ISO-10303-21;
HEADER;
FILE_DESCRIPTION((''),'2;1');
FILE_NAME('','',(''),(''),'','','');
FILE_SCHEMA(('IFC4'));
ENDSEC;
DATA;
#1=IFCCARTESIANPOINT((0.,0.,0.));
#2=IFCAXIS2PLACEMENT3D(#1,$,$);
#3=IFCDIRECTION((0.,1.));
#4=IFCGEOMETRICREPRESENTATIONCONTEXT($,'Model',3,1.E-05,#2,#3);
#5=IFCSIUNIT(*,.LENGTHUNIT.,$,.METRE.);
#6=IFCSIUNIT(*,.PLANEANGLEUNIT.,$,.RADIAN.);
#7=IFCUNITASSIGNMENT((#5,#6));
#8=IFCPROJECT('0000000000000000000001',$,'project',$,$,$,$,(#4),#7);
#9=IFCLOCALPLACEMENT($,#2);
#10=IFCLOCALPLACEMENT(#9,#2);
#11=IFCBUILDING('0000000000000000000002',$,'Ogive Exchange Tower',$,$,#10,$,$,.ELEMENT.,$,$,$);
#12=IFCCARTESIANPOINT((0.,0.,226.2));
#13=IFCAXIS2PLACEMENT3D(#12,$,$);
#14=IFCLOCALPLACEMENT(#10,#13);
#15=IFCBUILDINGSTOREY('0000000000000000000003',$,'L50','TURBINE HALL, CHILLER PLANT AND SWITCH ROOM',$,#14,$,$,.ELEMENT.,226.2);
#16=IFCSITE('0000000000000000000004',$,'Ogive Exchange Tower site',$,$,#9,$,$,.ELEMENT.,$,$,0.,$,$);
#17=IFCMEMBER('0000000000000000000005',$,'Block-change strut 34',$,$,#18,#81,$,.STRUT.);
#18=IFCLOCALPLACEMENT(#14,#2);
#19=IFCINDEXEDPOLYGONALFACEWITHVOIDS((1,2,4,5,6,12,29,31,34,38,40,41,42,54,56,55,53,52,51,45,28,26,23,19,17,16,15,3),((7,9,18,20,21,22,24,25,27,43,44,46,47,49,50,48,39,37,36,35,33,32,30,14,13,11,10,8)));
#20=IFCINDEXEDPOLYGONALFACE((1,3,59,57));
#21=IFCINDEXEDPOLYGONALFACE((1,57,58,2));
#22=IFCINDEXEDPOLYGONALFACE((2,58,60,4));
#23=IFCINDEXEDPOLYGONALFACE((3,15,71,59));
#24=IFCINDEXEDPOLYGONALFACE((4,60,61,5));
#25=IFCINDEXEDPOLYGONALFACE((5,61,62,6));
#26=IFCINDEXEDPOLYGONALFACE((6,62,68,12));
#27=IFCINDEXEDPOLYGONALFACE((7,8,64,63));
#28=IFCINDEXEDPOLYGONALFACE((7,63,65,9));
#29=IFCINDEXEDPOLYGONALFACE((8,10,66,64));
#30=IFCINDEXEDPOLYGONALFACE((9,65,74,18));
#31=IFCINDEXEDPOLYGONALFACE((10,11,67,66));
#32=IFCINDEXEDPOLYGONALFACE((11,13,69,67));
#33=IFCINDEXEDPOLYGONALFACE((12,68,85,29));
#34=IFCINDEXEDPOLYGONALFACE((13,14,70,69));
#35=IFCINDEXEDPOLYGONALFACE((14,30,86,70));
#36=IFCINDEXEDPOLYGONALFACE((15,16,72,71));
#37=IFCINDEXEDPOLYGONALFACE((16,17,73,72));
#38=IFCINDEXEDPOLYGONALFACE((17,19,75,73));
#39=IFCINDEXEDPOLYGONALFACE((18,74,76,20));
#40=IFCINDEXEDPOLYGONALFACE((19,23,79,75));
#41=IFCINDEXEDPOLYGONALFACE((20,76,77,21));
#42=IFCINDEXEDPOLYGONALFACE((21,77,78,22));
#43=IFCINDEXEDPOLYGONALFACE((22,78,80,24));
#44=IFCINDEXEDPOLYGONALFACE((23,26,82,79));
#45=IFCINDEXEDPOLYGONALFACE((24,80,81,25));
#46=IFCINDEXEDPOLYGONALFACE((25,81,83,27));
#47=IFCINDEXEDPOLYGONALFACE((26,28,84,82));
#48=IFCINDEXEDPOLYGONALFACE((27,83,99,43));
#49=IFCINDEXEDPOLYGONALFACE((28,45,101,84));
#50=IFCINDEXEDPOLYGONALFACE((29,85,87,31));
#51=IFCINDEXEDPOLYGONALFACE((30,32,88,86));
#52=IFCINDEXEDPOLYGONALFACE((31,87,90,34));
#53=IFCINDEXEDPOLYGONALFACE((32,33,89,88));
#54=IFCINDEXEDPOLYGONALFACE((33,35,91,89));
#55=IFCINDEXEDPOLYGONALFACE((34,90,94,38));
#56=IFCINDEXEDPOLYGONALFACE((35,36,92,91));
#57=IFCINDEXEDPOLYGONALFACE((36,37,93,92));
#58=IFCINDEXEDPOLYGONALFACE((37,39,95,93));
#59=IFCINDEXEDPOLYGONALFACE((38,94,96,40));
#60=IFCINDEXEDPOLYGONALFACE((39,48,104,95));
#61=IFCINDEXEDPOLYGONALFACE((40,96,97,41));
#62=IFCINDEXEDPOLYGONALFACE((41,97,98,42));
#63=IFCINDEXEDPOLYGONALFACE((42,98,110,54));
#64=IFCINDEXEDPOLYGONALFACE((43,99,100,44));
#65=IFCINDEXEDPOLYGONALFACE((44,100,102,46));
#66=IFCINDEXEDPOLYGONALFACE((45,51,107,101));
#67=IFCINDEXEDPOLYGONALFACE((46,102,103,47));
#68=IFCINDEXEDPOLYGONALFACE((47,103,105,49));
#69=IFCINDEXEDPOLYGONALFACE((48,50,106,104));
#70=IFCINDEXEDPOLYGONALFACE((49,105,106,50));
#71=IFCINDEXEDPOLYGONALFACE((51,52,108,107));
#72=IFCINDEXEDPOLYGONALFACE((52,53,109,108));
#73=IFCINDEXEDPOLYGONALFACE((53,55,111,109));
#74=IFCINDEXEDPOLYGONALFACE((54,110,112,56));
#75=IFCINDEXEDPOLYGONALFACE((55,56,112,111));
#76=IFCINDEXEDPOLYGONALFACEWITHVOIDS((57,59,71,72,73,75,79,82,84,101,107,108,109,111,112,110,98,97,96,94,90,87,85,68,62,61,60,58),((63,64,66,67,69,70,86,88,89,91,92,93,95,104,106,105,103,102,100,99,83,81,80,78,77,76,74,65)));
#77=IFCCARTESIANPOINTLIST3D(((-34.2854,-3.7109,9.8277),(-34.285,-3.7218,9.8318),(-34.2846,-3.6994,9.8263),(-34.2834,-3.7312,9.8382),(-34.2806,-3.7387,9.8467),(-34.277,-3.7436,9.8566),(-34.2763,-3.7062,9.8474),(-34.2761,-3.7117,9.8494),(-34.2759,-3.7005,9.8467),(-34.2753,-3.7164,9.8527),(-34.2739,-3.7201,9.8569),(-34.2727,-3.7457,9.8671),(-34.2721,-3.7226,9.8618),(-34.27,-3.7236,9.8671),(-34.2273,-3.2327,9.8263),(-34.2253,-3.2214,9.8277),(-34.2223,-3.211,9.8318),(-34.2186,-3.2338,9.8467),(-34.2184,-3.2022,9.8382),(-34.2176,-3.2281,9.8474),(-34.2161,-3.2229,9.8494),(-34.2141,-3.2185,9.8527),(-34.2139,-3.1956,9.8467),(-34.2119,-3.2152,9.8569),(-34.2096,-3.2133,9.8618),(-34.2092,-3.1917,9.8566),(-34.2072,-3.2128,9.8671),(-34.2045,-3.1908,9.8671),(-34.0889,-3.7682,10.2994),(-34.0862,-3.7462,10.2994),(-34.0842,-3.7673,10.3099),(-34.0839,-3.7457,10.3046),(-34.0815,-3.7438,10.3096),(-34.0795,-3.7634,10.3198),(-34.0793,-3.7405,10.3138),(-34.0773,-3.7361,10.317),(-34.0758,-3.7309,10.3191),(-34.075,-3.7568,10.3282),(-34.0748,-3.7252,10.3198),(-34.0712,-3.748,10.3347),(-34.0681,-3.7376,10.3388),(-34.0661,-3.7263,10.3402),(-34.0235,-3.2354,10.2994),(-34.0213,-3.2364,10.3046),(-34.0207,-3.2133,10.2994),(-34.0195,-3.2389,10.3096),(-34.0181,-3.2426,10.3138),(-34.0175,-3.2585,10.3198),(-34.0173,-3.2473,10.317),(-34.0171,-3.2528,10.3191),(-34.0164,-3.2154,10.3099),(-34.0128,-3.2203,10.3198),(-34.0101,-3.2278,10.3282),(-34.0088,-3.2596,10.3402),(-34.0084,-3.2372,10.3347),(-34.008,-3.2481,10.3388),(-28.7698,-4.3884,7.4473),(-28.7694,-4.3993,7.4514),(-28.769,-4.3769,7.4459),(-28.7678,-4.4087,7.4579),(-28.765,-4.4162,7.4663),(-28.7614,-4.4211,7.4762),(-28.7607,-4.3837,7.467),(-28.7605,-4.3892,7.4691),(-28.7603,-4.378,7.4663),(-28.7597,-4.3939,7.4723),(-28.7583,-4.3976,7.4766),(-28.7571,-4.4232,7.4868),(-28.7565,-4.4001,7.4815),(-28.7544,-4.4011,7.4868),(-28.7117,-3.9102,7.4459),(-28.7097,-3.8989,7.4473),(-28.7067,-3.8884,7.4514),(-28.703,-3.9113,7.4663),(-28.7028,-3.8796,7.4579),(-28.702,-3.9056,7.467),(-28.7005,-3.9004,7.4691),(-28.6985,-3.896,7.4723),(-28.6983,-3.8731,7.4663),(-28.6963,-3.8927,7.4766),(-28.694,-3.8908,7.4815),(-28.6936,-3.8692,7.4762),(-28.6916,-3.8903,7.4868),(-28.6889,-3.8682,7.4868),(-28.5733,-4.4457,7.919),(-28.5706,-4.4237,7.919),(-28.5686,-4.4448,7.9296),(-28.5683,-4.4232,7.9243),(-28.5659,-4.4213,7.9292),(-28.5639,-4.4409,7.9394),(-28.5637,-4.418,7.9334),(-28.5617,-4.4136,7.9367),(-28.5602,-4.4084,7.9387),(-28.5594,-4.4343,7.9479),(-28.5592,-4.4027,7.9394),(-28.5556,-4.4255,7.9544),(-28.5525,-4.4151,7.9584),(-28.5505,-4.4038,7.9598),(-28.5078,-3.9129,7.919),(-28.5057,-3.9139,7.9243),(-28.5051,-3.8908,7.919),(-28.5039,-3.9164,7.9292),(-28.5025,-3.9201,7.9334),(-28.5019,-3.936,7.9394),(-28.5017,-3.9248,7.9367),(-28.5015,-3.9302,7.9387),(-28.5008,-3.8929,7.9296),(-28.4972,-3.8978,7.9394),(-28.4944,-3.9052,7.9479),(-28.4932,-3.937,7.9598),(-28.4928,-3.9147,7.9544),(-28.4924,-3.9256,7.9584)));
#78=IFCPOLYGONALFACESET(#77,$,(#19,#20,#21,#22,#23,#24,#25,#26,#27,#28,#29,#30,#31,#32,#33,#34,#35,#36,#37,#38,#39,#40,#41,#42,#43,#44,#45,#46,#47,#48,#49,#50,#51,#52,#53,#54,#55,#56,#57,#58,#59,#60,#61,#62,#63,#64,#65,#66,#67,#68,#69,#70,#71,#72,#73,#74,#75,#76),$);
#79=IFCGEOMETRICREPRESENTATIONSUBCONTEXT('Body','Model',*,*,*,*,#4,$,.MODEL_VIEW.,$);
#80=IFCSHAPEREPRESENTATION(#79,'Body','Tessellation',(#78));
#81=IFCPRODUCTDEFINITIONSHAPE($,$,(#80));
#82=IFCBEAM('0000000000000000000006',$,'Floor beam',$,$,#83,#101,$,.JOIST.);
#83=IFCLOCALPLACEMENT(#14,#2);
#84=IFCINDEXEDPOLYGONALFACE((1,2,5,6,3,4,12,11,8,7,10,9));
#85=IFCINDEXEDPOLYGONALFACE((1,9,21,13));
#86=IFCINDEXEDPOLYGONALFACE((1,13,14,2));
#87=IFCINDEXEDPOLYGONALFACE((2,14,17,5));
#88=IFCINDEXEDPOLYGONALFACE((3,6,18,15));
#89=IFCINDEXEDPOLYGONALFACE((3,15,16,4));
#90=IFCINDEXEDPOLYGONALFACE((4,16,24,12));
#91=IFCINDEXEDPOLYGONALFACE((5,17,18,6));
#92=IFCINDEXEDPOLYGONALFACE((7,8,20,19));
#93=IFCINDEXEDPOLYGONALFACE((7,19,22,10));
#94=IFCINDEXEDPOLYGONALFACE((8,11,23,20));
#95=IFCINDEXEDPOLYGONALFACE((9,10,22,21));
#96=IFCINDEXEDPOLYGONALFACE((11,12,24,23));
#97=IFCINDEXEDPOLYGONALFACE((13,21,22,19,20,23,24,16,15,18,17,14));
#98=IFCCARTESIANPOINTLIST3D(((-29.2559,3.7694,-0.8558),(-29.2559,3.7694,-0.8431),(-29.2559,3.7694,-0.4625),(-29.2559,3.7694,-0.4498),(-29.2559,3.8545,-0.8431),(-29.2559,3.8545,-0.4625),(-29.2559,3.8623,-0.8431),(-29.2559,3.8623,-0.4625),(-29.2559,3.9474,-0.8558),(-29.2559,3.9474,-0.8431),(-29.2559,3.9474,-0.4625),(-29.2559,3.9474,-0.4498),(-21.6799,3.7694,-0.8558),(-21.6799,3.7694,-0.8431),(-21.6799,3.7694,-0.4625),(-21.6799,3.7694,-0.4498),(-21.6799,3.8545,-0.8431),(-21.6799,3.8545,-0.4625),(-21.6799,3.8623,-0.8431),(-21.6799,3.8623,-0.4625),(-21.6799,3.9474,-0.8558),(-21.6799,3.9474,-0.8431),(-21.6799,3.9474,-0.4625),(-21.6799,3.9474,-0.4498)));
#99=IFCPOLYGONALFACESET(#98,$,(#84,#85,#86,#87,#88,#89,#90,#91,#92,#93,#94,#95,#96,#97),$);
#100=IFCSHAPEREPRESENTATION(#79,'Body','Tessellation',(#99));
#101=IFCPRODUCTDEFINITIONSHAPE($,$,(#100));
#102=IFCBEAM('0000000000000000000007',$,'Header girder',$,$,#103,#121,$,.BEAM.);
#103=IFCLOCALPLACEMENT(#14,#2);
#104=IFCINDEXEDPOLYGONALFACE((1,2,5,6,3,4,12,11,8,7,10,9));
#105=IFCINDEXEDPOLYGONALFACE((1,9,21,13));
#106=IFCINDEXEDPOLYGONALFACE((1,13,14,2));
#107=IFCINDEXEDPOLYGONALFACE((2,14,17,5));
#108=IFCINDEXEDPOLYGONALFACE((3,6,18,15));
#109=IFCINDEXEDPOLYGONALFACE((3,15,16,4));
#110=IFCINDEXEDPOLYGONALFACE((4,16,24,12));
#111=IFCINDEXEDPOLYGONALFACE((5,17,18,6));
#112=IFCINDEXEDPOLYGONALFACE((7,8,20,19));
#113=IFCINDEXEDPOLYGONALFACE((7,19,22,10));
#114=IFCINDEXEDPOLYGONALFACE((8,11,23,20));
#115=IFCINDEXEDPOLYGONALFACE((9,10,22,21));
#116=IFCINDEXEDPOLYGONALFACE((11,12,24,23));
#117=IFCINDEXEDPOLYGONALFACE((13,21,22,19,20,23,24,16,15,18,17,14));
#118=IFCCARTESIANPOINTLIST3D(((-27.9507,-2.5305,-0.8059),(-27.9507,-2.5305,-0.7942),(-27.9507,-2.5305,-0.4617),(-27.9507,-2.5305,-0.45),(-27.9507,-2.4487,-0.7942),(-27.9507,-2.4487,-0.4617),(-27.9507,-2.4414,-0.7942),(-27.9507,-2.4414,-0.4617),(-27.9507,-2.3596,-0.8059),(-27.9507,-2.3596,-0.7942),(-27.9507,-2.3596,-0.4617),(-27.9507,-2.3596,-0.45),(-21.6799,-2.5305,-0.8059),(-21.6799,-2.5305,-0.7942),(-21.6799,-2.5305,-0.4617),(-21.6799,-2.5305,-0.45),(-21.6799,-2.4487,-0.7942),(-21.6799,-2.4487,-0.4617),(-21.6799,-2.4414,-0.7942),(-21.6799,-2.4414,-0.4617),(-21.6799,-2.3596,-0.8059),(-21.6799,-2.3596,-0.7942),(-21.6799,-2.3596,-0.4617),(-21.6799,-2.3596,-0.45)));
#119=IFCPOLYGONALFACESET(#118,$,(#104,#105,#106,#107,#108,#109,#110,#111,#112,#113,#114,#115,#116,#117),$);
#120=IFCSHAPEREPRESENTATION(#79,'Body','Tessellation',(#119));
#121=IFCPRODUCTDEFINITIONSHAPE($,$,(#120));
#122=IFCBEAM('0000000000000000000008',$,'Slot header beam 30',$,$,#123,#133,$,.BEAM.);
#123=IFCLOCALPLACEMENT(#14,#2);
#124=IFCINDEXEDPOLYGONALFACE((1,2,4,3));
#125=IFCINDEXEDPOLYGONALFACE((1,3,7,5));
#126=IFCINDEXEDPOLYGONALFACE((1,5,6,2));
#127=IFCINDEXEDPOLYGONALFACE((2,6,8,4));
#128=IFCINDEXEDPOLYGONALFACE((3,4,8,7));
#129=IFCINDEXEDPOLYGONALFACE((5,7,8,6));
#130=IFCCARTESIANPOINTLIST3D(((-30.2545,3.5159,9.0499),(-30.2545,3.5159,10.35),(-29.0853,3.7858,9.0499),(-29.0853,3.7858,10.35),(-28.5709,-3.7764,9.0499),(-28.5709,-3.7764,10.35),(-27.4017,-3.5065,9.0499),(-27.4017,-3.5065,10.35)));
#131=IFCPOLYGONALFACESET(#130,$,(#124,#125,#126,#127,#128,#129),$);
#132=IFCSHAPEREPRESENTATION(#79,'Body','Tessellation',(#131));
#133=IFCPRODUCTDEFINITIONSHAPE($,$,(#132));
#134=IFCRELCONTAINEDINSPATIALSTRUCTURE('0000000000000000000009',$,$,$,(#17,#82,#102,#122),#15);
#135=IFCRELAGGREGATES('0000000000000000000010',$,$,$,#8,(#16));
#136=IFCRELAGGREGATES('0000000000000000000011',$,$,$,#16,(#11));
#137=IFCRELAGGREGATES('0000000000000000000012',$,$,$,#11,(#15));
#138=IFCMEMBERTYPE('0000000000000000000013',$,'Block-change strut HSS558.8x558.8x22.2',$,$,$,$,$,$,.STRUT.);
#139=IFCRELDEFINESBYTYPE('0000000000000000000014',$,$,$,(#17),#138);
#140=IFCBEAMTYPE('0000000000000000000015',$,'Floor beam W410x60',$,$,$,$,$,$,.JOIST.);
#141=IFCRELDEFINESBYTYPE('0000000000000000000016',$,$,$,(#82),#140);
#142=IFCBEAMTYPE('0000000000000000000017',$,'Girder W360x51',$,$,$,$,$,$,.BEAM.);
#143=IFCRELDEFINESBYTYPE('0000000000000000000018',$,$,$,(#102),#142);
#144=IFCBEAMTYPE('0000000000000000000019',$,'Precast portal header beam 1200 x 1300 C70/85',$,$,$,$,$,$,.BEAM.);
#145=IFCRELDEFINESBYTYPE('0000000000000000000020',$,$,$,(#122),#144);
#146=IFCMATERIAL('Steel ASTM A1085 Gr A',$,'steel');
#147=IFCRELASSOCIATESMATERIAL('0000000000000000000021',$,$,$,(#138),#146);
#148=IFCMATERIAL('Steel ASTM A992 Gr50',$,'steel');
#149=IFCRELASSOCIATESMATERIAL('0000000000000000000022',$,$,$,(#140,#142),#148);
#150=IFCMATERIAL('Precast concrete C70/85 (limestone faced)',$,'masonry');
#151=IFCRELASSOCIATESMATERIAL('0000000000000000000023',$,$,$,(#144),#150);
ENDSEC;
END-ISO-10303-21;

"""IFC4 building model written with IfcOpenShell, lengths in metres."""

from ifc_helpers import new_model, si_unit, direction, frame, origin, origin_2d, place, context, subcontext, project, spatial, rectangle, hollow_rectangle, i_section, extrude, material, material_profile, profile_set, type_object, element, save


model = new_model("IFC4")

# Units and contexts
model_context = context("Model", 3, precision=1e-05, world=origin(), true_north=direction((0.0, 1.0)))
body_context = subcontext(model_context, "Body", "Model", "MODEL_VIEW")
ifc_project = project(units=[si_unit("LENGTHUNIT", "METRE"), si_unit("PLANEANGLEUNIT", "RADIAN")], contexts=[model_context])

# Site, building, storey
site_placement = place(None, origin())
site = spatial("IfcSite", under=ifc_project, at=site_placement, Name="Ogive Exchange Tower site", CompositionType="ELEMENT", RefElevation=0.0)
building_placement = place(site_placement, origin())
building = spatial("IfcBuilding", under=site, at=building_placement, Name="Ogive Exchange Tower", CompositionType="ELEMENT")
storey_placement = place(building_placement, frame((0.0, 0.0, 226.2)))
storey = spatial("IfcBuildingStorey", under=building, at=storey_placement, Name="L50", Description="TURBINE HALL, CHILLER PLANT AND SWITCH ROOM", CompositionType="ELEMENT", Elevation=226.2)

# Shared definitions
ifc_material_1 = material(Name="Precast concrete C70/85 (limestone faced)", Category="masonry")

# Member
ifc_material_2 = material(Name="Steel ASTM A1085 Gr A", Category="steel")
ifc_material_profile_1 = material_profile(ifc_material_2, hollow_rectangle(XDim=0.5591, YDim=0.5591, WallThickness=0.0222, InnerFilletRadius=0.0222, OuterFilletRadius=0.0444, at=origin_2d()), Name="HSS558.8x558.8x22.2")
ifc_profile_set_1 = profile_set([ifc_material_profile_1], Name="Steel ASTM A1085 Gr A")
member_type_1 = type_object("IfcMemberType", Name="Block-change strut HSS558.8x558.8x22.2", PredefinedType="STRUT", material=ifc_profile_set_1)
member_1_placement = place(storey_placement, frame((-28.6311, -4.157, 7.7029), z_axis=(-0.912362, 0.112066, 0.393747), x_axis=(-0.121915, -0.992541, 0.0)))
element("IfcMember", 1, at=member_1_placement, inside=storey, type_object=member_type_1, Name="Block-change strut 34", PredefinedType="STRUT", context=body_context, shape_type="SweptSolid", body=[
    extrude(hollow_rectangle(XDim=0.5591, YDim=0.5591, WallThickness=0.0222, InnerFilletRadius=0.0222, OuterFilletRadius=0.0444, at=origin_2d()), origin(), (0.0, 0.0, 1.0), 6.0454),
])

# Beams
ifc_material_3 = material(Name="Steel ASTM A992 Gr50", Category="steel")
ifc_material_profile_2 = material_profile(ifc_material_3, i_section(OverallWidth=0.178, OverallDepth=0.406, WebThickness=0.0078, FlangeThickness=0.0127, at=origin_2d()), Name="W410x60")
ifc_profile_set_2 = profile_set([ifc_material_profile_2], Name="Steel ASTM A992 Gr50")
beam_type_1 = type_object("IfcBeamType", Name="Floor beam W410x60", PredefinedType="JOIST", material=ifc_profile_set_2)
beam_1_placement = place(storey_placement, frame((-29.2559, 3.8584, -0.6528), z_axis=(1.0, 0.0, 0.0), x_axis=(0.0, 1.0, 0.0)))
element("IfcBeam", 2, at=beam_1_placement, inside=storey, type_object=beam_type_1, Name="Floor beam", PredefinedType="JOIST", context=body_context, shape_type="SweptSolid", body=[
    extrude(i_section(OverallWidth=0.178, OverallDepth=0.406, WebThickness=0.0078, FlangeThickness=0.0127, at=origin_2d()), origin(), (0.0, 0.0, 1.0), 7.5759),
])
ifc_material_profile_3 = material_profile(ifc_material_3, i_section(OverallWidth=0.1709, OverallDepth=0.356, WebThickness=0.0073, FlangeThickness=0.0117, at=origin_2d()), Name="W360x51")
ifc_profile_set_3 = profile_set([ifc_material_profile_3], Name="Steel ASTM A992 Gr50")
beam_type_2 = type_object("IfcBeamType", Name="Girder W360x51", PredefinedType="BEAM", material=ifc_profile_set_3)
beam_2_placement = place(storey_placement, frame((-27.9507, -2.4451, -0.6279), z_axis=(1.0, 0.0, 0.0), x_axis=(0.0, 1.0, 0.0)))
element("IfcBeam", 3, at=beam_2_placement, inside=storey, type_object=beam_type_2, Name="Header girder", PredefinedType="BEAM", context=body_context, shape_type="SweptSolid", body=[
    extrude(i_section(OverallWidth=0.1709, OverallDepth=0.356, WebThickness=0.0073, FlangeThickness=0.0117, at=origin_2d()), origin(), (0.0, 0.0, 1.0), 6.2708),
])
ifc_material_profile_4 = material_profile(ifc_material_1, rectangle(XDim=1.2, YDim=1.3, at=origin_2d()), Name="1200 x 1300")
ifc_profile_set_4 = profile_set([ifc_material_profile_4], Name="Precast concrete C70/85 (limestone faced)")
beam_type_3 = type_object("IfcBeamType", Name="Precast portal header beam 1200 x 1300 C70/85", PredefinedType="BEAM", material=ifc_profile_set_4)
beam_3_placement = place(storey_placement, frame((-29.6699, 3.6509, 9.7), z_axis=(0.224957, -0.974369, 0.0), x_axis=(0.974369, 0.224957, 0.0)))
element("IfcBeam", 4, at=beam_3_placement, inside=storey, type_object=beam_type_3, Name="Slot header beam 30", PredefinedType="BEAM", context=body_context, shape_type="SweptSolid", body=[
    extrude(rectangle(XDim=1.2, YDim=1.3, at=origin_2d()), origin(), (0.0, 0.0, 1.0), 7.4841),
])

save(model, "model.ifc")
